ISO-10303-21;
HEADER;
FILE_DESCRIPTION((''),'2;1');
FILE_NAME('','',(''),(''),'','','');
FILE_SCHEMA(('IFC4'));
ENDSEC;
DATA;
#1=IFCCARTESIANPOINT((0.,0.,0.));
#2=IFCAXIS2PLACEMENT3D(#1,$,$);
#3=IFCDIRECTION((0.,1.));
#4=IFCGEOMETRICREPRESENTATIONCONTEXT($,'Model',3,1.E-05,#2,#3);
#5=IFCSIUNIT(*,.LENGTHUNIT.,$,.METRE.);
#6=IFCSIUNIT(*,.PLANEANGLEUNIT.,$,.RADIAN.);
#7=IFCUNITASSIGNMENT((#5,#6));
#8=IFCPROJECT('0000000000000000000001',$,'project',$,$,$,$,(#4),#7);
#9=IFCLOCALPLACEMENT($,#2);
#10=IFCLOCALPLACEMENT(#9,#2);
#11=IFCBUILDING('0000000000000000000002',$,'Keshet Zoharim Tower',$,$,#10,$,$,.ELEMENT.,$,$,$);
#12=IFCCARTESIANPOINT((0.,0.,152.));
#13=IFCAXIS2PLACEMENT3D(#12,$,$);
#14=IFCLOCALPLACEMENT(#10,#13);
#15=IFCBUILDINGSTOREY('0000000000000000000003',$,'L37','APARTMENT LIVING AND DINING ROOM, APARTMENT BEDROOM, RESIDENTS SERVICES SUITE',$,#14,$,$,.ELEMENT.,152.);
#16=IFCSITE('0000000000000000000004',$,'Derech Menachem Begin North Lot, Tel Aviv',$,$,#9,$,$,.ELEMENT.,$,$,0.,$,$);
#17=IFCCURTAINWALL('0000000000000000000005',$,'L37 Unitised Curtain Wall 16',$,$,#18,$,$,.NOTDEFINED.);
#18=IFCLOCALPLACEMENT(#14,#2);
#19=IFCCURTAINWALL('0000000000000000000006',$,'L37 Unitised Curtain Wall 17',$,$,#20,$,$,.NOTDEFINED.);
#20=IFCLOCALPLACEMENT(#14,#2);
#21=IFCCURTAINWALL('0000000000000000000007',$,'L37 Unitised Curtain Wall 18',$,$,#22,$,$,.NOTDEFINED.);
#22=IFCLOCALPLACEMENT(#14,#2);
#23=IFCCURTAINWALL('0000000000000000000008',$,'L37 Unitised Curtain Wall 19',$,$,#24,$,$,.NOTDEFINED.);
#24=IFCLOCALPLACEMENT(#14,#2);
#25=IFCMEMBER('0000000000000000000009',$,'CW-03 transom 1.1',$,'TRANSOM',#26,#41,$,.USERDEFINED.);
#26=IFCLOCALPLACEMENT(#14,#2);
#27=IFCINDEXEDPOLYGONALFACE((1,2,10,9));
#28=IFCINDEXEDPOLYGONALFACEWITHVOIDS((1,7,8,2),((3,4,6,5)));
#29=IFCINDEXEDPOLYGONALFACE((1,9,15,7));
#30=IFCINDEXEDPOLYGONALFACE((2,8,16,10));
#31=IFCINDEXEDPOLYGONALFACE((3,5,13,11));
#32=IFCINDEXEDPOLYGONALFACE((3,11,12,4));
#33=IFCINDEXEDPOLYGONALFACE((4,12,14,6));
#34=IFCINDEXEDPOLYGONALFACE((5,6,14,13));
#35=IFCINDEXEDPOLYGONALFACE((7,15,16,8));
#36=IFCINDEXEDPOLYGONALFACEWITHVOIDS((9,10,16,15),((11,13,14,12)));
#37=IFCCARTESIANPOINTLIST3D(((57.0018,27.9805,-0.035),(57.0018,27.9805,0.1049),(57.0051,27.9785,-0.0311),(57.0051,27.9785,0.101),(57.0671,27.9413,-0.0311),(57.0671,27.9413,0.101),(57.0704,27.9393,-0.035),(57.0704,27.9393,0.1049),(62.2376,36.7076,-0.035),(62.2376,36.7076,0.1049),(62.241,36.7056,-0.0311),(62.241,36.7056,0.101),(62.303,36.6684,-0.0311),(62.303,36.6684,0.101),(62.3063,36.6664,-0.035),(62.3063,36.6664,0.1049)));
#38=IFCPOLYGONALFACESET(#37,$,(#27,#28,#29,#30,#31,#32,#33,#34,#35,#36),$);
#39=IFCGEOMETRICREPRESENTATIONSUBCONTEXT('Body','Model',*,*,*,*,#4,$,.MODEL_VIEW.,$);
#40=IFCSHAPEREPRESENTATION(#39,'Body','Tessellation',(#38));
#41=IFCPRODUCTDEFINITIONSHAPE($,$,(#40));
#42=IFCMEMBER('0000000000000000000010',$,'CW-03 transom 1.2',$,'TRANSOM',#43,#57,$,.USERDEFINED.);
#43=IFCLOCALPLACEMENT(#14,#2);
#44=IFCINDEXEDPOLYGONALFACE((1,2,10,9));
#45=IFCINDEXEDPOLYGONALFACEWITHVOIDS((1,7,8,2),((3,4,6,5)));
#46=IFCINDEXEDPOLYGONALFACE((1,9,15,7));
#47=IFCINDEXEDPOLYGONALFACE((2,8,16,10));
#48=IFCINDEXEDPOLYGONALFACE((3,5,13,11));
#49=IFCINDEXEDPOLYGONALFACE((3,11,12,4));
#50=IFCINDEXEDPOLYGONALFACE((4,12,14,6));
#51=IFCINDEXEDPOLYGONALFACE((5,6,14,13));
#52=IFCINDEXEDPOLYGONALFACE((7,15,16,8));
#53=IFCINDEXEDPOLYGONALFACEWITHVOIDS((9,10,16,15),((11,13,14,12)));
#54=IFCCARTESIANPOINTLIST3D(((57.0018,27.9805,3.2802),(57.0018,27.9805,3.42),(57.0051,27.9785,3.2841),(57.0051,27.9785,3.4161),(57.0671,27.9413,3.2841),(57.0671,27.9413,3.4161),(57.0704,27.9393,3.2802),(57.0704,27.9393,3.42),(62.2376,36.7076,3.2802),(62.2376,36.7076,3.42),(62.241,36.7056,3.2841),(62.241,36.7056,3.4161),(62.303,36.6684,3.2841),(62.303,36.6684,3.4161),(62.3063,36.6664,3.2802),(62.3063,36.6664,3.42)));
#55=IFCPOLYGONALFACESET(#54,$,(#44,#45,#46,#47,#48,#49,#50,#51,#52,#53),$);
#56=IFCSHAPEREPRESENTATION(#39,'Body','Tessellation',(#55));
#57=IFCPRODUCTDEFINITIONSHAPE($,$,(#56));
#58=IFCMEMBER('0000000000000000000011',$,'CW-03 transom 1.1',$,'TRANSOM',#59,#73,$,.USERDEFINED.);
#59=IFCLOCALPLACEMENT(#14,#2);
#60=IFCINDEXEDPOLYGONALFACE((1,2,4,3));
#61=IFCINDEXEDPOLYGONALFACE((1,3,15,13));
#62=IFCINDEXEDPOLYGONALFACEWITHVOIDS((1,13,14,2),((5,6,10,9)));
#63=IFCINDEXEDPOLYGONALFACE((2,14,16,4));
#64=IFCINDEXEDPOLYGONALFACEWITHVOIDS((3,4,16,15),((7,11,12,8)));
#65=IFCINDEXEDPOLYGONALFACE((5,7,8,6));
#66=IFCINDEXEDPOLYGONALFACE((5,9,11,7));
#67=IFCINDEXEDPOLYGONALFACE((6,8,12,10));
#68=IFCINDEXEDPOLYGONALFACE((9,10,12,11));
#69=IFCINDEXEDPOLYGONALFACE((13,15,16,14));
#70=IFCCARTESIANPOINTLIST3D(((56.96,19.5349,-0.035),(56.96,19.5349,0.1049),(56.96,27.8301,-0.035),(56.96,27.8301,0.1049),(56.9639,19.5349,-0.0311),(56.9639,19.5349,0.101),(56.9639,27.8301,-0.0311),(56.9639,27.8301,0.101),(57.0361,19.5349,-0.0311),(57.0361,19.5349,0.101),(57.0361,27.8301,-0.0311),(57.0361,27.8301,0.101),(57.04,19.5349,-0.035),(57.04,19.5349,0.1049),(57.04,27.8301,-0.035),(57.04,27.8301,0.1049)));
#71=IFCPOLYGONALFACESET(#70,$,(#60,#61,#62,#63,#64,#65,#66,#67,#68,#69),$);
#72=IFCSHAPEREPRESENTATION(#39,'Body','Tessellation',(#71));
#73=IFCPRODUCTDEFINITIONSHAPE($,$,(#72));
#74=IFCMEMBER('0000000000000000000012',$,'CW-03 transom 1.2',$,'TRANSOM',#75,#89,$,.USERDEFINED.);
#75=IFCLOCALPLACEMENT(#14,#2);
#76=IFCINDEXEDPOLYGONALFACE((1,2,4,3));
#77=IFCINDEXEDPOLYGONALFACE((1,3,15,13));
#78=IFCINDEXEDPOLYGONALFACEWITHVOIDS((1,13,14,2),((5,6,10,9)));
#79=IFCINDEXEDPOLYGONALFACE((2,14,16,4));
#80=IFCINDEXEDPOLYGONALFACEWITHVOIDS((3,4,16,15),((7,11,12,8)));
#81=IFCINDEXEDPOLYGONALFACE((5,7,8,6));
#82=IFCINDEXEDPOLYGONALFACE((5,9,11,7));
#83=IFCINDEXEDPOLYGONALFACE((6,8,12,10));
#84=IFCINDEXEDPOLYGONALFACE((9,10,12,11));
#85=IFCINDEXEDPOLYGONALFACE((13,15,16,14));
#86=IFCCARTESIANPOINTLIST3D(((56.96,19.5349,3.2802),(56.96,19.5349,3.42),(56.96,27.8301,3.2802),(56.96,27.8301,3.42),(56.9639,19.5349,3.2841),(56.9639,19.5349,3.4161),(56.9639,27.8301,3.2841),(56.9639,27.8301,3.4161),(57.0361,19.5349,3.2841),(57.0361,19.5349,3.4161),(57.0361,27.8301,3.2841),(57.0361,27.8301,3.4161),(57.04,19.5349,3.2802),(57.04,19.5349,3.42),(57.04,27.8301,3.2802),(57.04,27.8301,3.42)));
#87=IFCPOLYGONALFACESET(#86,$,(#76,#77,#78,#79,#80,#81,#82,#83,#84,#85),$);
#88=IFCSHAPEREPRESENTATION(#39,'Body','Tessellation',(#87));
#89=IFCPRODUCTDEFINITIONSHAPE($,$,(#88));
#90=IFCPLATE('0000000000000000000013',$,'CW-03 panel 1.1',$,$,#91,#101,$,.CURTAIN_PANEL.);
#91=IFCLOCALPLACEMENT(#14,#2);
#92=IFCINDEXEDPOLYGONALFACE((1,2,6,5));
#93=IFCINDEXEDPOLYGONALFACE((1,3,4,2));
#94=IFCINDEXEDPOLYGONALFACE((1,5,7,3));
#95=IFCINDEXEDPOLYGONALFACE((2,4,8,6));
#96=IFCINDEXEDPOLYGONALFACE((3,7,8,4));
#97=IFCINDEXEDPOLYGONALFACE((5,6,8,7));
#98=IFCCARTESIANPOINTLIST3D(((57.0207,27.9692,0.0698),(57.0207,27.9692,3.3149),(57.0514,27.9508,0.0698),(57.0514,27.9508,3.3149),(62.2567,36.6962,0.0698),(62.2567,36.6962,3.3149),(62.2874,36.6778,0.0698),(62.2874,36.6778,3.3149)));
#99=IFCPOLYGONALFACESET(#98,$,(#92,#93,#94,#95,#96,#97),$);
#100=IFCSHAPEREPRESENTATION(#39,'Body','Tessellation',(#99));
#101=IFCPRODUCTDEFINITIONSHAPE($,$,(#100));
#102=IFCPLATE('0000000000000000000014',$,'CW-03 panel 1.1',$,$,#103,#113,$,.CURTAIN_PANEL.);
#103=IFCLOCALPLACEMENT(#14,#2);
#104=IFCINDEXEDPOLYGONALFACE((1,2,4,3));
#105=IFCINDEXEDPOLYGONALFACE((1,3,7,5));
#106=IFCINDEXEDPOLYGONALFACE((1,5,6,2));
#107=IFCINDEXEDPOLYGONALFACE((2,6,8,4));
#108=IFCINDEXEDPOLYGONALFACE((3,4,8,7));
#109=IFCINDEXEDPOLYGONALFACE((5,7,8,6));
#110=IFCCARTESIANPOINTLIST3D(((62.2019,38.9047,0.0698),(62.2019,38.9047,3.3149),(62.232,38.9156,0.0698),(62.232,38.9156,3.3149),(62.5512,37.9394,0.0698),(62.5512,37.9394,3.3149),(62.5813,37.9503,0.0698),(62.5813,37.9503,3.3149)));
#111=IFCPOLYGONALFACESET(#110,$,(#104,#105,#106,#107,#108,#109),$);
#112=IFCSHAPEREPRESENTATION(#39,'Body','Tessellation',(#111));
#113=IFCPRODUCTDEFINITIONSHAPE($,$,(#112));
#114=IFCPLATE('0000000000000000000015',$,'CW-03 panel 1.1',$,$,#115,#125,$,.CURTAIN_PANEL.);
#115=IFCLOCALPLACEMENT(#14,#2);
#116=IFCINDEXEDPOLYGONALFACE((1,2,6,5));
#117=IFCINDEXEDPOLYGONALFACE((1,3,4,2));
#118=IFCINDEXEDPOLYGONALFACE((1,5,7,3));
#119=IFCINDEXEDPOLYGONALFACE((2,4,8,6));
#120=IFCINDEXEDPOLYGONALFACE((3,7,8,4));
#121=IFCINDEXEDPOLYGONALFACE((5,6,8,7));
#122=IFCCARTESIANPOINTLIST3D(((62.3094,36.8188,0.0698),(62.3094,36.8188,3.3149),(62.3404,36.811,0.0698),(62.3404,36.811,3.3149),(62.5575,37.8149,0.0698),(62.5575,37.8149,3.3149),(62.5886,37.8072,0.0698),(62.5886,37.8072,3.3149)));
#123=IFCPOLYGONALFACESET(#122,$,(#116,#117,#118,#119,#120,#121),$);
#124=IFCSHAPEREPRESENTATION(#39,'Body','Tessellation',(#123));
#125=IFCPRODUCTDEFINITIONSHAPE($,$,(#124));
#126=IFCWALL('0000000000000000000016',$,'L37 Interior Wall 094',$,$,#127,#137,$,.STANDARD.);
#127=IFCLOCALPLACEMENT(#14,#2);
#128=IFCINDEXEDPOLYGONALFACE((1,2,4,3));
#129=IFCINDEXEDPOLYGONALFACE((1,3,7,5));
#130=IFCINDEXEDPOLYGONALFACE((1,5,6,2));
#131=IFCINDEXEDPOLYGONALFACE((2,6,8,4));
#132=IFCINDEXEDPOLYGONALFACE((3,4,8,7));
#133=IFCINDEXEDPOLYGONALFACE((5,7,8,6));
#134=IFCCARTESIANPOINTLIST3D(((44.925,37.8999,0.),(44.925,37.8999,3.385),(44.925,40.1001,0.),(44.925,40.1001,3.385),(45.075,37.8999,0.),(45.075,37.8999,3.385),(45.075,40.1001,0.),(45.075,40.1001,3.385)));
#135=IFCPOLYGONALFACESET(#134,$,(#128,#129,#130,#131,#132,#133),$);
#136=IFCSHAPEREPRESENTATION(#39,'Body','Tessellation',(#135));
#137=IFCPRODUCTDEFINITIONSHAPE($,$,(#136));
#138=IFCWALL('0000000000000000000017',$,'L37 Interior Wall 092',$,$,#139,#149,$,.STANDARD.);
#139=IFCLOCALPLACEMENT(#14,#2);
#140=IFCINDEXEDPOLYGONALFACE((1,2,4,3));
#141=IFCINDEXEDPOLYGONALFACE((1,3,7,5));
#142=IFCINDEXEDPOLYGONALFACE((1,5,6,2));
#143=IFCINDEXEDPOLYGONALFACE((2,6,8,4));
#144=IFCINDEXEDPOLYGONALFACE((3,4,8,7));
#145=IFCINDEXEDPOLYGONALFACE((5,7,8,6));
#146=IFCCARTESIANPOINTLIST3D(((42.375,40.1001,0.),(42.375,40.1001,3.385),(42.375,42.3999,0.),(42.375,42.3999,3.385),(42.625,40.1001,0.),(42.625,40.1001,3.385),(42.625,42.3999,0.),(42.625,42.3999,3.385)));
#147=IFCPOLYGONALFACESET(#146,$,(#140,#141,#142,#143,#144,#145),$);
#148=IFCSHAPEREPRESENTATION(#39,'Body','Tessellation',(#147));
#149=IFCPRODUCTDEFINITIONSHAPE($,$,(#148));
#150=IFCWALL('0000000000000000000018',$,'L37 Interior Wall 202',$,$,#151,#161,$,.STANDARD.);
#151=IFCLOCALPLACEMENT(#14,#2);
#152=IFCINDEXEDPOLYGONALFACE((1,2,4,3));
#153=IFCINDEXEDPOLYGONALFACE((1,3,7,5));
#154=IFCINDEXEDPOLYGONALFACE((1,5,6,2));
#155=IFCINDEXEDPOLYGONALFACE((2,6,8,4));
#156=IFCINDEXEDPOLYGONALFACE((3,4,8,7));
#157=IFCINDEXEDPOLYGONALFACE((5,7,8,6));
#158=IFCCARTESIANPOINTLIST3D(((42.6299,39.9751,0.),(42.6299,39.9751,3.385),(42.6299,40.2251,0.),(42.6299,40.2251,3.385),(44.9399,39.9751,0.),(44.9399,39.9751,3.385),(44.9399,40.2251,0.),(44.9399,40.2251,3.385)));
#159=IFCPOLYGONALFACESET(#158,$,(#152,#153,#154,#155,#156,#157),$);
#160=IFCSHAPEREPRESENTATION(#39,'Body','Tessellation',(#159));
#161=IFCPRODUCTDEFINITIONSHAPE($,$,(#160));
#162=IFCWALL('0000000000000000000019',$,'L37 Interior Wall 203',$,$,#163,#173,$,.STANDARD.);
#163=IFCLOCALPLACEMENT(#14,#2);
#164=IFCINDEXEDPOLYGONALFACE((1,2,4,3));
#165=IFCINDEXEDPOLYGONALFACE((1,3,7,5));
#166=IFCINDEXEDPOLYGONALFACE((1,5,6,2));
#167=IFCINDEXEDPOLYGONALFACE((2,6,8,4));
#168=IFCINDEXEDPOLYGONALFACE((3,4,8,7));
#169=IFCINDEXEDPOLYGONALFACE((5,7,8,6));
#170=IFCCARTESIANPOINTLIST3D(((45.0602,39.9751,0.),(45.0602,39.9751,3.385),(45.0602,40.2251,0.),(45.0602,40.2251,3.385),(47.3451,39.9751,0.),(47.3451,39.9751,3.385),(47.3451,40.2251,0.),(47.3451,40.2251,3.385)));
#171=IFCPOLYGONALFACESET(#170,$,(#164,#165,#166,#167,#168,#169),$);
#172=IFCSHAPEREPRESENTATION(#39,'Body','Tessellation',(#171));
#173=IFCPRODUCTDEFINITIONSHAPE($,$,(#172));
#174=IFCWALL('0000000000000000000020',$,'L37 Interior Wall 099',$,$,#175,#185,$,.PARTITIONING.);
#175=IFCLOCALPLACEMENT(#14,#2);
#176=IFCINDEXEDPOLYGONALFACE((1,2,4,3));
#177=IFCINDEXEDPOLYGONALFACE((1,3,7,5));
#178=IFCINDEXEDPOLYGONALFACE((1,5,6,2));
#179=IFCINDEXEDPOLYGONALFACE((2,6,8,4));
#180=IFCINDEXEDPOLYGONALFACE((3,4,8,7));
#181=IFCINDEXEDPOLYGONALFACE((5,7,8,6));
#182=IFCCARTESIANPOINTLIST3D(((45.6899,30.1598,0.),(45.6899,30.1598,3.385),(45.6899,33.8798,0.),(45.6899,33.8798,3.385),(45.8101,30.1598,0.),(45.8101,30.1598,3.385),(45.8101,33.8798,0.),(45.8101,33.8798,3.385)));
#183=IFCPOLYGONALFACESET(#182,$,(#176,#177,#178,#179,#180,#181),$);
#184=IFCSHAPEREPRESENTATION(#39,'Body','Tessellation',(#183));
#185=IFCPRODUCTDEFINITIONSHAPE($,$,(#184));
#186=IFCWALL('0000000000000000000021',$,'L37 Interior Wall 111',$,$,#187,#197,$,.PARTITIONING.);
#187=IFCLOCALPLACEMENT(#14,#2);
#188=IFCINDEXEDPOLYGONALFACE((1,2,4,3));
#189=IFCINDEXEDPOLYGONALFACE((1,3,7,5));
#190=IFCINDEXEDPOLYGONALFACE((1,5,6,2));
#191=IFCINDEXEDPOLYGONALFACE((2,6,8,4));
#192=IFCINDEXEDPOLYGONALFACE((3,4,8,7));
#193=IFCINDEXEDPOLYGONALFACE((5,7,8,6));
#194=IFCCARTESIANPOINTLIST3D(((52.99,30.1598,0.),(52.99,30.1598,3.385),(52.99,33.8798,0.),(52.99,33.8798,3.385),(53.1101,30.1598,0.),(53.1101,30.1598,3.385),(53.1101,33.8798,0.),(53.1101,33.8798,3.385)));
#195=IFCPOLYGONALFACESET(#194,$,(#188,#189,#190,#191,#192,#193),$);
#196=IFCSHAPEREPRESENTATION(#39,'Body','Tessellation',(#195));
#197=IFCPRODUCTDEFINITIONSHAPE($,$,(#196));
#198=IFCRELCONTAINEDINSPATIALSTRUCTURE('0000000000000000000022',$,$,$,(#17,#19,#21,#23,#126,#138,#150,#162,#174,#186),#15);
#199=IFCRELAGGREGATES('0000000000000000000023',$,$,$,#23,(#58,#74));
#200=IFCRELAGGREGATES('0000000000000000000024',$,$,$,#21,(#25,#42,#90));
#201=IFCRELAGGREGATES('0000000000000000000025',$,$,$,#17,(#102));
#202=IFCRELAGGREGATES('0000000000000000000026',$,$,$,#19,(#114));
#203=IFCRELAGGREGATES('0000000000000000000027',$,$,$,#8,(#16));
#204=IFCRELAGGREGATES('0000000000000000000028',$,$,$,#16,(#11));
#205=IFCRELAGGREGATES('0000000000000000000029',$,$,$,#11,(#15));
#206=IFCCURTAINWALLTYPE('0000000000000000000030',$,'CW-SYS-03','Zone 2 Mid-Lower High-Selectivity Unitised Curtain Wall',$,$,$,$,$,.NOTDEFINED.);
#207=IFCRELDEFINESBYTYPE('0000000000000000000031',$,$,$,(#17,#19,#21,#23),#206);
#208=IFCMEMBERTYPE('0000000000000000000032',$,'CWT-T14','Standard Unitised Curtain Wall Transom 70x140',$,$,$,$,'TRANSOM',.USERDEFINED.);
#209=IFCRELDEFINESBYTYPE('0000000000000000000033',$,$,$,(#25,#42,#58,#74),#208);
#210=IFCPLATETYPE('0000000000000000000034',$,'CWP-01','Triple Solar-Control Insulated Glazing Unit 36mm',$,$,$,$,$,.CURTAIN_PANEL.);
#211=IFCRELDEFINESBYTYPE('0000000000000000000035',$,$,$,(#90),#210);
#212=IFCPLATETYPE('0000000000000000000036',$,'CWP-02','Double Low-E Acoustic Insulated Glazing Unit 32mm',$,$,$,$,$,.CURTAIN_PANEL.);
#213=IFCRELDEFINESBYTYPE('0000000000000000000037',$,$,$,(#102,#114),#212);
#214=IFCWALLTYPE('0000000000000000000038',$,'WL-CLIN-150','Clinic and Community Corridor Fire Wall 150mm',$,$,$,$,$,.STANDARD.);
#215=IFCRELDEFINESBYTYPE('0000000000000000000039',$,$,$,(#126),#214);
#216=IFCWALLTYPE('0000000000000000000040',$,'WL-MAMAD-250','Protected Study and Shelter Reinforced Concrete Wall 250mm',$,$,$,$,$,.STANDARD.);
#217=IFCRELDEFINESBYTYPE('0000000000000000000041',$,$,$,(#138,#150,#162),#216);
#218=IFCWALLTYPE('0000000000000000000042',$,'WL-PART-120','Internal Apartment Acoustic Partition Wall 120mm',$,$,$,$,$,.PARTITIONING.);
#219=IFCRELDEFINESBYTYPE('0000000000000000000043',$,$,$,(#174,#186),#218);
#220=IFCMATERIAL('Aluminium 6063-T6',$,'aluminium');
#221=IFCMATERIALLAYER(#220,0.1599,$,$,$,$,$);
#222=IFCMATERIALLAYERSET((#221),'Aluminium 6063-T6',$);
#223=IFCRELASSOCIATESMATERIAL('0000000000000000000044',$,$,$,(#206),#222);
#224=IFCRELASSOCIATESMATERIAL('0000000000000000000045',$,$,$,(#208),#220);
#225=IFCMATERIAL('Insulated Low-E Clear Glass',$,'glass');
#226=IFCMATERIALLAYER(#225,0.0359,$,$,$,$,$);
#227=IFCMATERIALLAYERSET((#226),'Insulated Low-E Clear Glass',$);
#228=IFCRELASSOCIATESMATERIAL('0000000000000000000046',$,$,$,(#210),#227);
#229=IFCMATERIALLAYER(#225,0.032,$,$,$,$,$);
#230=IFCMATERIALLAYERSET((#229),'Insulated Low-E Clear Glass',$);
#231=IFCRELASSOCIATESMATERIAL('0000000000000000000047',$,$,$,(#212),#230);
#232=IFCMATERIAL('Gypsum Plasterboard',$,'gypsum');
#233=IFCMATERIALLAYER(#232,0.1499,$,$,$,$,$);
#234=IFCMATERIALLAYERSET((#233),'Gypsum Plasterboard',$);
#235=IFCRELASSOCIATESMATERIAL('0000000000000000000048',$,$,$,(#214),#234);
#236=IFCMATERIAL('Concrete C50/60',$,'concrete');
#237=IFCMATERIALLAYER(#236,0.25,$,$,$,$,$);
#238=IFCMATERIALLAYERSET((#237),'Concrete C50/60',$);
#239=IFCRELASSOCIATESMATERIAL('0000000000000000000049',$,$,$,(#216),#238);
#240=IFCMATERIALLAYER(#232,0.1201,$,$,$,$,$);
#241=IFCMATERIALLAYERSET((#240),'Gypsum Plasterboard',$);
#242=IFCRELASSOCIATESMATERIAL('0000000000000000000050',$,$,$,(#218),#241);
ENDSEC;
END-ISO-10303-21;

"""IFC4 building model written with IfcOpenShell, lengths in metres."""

from ifc_helpers import new_model, si_unit, direction, frame, frame_2d, origin, origin_2d, place, context, subcontext, project, spatial, rectangle, hollow_rectangle, extrude, material, layer, layer_set, material_profile, profile_set, type_object, element, aggregate, save


model = new_model("IFC4")

# Units and contexts
model_context = context("Model", 3, precision=1e-05, world=origin(), true_north=direction((0.0, 1.0)))
body_context = subcontext(model_context, "Body", "Model", "MODEL_VIEW")
ifc_project = project(units=[si_unit("LENGTHUNIT", "METRE"), si_unit("PLANEANGLEUNIT", "RADIAN")], contexts=[model_context])

# Site, building, storey
site_placement = place(None, origin())
site = spatial("IfcSite", under=ifc_project, at=site_placement, Name="Derech Menachem Begin North Lot, Tel Aviv", CompositionType="ELEMENT", RefElevation=0.0)
building_placement = place(site_placement, origin())
building = spatial("IfcBuilding", under=site, at=building_placement, Name="Keshet Zoharim Tower", CompositionType="ELEMENT")
storey_placement = place(building_placement, frame((0.0, 0.0, 152.0)))
storey = spatial("IfcBuildingStorey", under=building, at=storey_placement, Name="L37", Description="APARTMENT LIVING AND DINING ROOM, APARTMENT BEDROOM, RESIDENTS SERVICES SUITE", CompositionType="ELEMENT", Elevation=152.0)

# Shared definitions
ifc_material_1 = material(Name="Aluminium 6063-T6", Category="aluminium")
ifc_layer_1 = layer(ifc_material_1, 0.1599)
ifc_layer_set_1 = layer_set([ifc_layer_1], Name="Aluminium 6063-T6")
curtain_wall_type = type_object("IfcCurtainWallType", Name="CW-SYS-03", Description="Zone 2 Mid-Lower High-Selectivity Unitised Curtain Wall", PredefinedType="NOTDEFINED", material=ifc_layer_set_1)

# Curtain walls
curtain_wall_1_placement = place(storey_placement, origin())
curtain_wall_1 = element("IfcCurtainWall", 1, at=curtain_wall_1_placement, inside=storey, type_object=curtain_wall_type, Name="L37 Unitised Curtain Wall 16", PredefinedType="NOTDEFINED")
curtain_wall_2_placement = place(storey_placement, origin())
curtain_wall_2 = element("IfcCurtainWall", 2, at=curtain_wall_2_placement, inside=storey, type_object=curtain_wall_type, Name="L37 Unitised Curtain Wall 17", PredefinedType="NOTDEFINED")
curtain_wall_3_placement = place(storey_placement, origin())
curtain_wall_3 = element("IfcCurtainWall", 3, at=curtain_wall_3_placement, inside=storey, type_object=curtain_wall_type, Name="L37 Unitised Curtain Wall 18", PredefinedType="NOTDEFINED")

# Curtain wall
curtain_wall_4_placement = place(storey_placement, origin())
curtain_wall_4 = element("IfcCurtainWall", 4, at=curtain_wall_4_placement, inside=storey, type_object=curtain_wall_type, Name="L37 Unitised Curtain Wall 19", PredefinedType="NOTDEFINED")

# Members
ifc_material_profile_1 = material_profile(ifc_material_1, hollow_rectangle(XDim=0.0801, YDim=0.1399, WallThickness=0.0039, at=origin_2d()), Name="TRN-80x140")
ifc_profile_set_1 = profile_set([ifc_material_profile_1], Name="Aluminium 6063-T6")
member_type_1 = type_object("IfcMemberType", Name="CWT-T14", Description="Standard Unitised Curtain Wall Transom 70x140", ElementType="TRANSOM", PredefinedType="USERDEFINED", material=ifc_profile_set_1)
member_1_placement = place(storey_placement, frame((62.272, 36.687, 0.0349), z_axis=(-0.514468, -0.85751, 0.0), x_axis=(0.85751, -0.514468, 0.0)))
member_1 = element("IfcMember", 5, at=member_1_placement, type_object=member_type_1, Name="CW-03 transom 1.1", ObjectType="TRANSOM", PredefinedType="USERDEFINED", context=body_context, shape_type="SweptSolid", body=[
    extrude(hollow_rectangle(XDim=0.0801, YDim=0.1399, WallThickness=0.0039, at=origin_2d()), origin(), (0.0, 0.0, 1.0), 10.1772),
])
member_2_placement = place(storey_placement, frame((62.272, 36.687, 3.3501), z_axis=(-0.514468, -0.85751, 0.0), x_axis=(0.85751, -0.514468, 0.0)))
member_2 = element("IfcMember", 6, at=member_2_placement, type_object=member_type_1, Name="CW-03 transom 1.2", ObjectType="TRANSOM", PredefinedType="USERDEFINED", context=body_context, shape_type="SweptSolid", body=[
    extrude(hollow_rectangle(XDim=0.0801, YDim=0.1399, WallThickness=0.0039, at=origin_2d()), origin(), (0.0, 0.0, 1.0), 10.1772),
])
member_3_placement = place(storey_placement, frame((57.0, 27.8301, 0.0349), z_axis=(0.0, -1.0, 0.0), x_axis=(1.0, 0.0, 0.0)))
member_3 = element("IfcMember", 7, at=member_3_placement, type_object=member_type_1, Name="CW-03 transom 1.1", ObjectType="TRANSOM", PredefinedType="USERDEFINED", context=body_context, shape_type="SweptSolid", body=[
    extrude(hollow_rectangle(XDim=0.0801, YDim=0.1399, WallThickness=0.0039, at=origin_2d()), origin(), (0.0, 0.0, 1.0), 8.2952),
])
member_4_placement = place(storey_placement, frame((57.0, 27.8301, 3.3501), z_axis=(0.0, -1.0, 0.0), x_axis=(1.0, 0.0, 0.0)))
member_4 = element("IfcMember", 8, at=member_4_placement, type_object=member_type_1, Name="CW-03 transom 1.2", ObjectType="TRANSOM", PredefinedType="USERDEFINED", context=body_context, shape_type="SweptSolid", body=[
    extrude(hollow_rectangle(XDim=0.0801, YDim=0.1399, WallThickness=0.0039, at=origin_2d()), origin(), (0.0, 0.0, 1.0), 8.2952),
])
aggregate(curtain_wall_4, [member_3, member_4])

# Plates
ifc_material_2 = material(Name="Insulated Low-E Clear Glass", Category="glass")
ifc_layer_2 = layer(ifc_material_2, 0.0359)
ifc_layer_set_2 = layer_set([ifc_layer_2], Name="Insulated Low-E Clear Glass")
plate_type_1 = type_object("IfcPlateType", Name="CWP-01", Description="Triple Solar-Control Insulated Glazing Unit 36mm", PredefinedType="CURTAIN_PANEL", material=ifc_layer_set_2)
plate_1_placement = place(storey_placement, frame((59.6541, 32.3235, 0.0698), z_axis=(0.0, 0.0, 1.0), x_axis=(-0.514482, -0.857501, 0.0)))
plate_1 = element("IfcPlate", 9, at=plate_1_placement, type_object=plate_type_1, Name="CW-03 panel 1.1", PredefinedType="CURTAIN_PANEL", context=body_context, shape_type="SweptSolid", body=[
    extrude(rectangle(XDim=10.1772, YDim=0.0359, at=origin_2d()), origin(), (0.0, 0.0, 1.0), 3.2451),
])
aggregate(curtain_wall_3, [member_1, member_2, plate_1])
ifc_layer_3 = layer(ifc_material_2, 0.032)
ifc_layer_set_3 = layer_set([ifc_layer_3], Name="Insulated Low-E Clear Glass")
plate_type_2 = type_object("IfcPlateType", Name="CWP-02", Description="Double Low-E Acoustic Insulated Glazing Unit 32mm", PredefinedType="CURTAIN_PANEL", material=ifc_layer_set_3)
plate_2_placement = place(storey_placement, frame((62.3916, 38.4275, 0.0698), z_axis=(0.0, 0.0, 1.0), x_axis=(0.340297, -0.940318, 0.0)))
plate_2 = element("IfcPlate", 10, at=plate_2_placement, type_object=plate_type_2, Name="CW-03 panel 1.1", PredefinedType="CURTAIN_PANEL", context=body_context, shape_type="SweptSolid", body=[
    extrude(rectangle(XDim=1.0266, YDim=0.032, at=origin_2d()), origin(), (0.0, 0.0, 1.0), 3.2451),
])
aggregate(curtain_wall_1, [plate_2])
plate_3_placement = place(storey_placement, frame((62.449, 37.313, 0.0698), z_axis=(0.0, 0.0, 1.0), x_axis=(-0.241729, -0.970344, 0.0)))
plate_3 = element("IfcPlate", 11, at=plate_3_placement, type_object=plate_type_2, Name="CW-03 panel 1.1", PredefinedType="CURTAIN_PANEL", context=body_context, shape_type="SweptSolid", body=[
    extrude(rectangle(XDim=1.0266, YDim=0.032, at=origin_2d()), origin(), (0.0, 0.0, 1.0), 3.2451),
])
aggregate(curtain_wall_2, [plate_3])

# Walls
ifc_material_3 = material(Name="Gypsum Plasterboard", Category="gypsum")
ifc_layer_4 = layer(ifc_material_3, 0.1499)
ifc_layer_set_4 = layer_set([ifc_layer_4], Name="Gypsum Plasterboard")
wall_type_1 = type_object("IfcWallType", Name="WL-CLIN-150", Description="Clinic and Community Corridor Fire Wall 150mm", PredefinedType="STANDARD", material=ifc_layer_set_4)
wall_1_placement = place(storey_placement, frame((45.0, 37.8999, 0.0), z_axis=(0.0, 0.0, 1.0), x_axis=(0.0, 1.0, 0.0)))
element("IfcWall", 12, at=wall_1_placement, inside=storey, type_object=wall_type_1, Name="L37 Interior Wall 094", PredefinedType="STANDARD", context=body_context, shape_type="SweptSolid", body=[
    extrude(rectangle(XDim=2.2002, YDim=0.1499, at=frame_2d((1.1001, 0.0))), origin(), (0.0, 0.0, 1.0), 3.385),
])
ifc_material_4 = material(Name="Concrete C50/60", Category="concrete")
ifc_layer_5 = layer(ifc_material_4, 0.25)
ifc_layer_set_5 = layer_set([ifc_layer_5], Name="Concrete C50/60")
wall_type_2 = type_object("IfcWallType", Name="WL-MAMAD-250", Description="Protected Study and Shelter Reinforced Concrete Wall 250mm", PredefinedType="STANDARD", material=ifc_layer_set_5)
wall_2_placement = place(storey_placement, frame((42.5, 40.1001, 0.0), z_axis=(0.0, 0.0, 1.0), x_axis=(0.0, 1.0, 0.0)))
element("IfcWall", 13, at=wall_2_placement, inside=storey, type_object=wall_type_2, Name="L37 Interior Wall 092", PredefinedType="STANDARD", context=body_context, shape_type="SweptSolid", body=[
    extrude(rectangle(XDim=2.2998, YDim=0.25, at=frame_2d((1.1499, 0.0))), origin(), (0.0, 0.0, 1.0), 3.385),
])
wall_3_placement = place(storey_placement, frame((42.6299, 40.1001, 0.0), z_axis=(0.0, 0.0, 1.0), x_axis=(1.0, 0.0, 0.0)))
element("IfcWall", 14, at=wall_3_placement, inside=storey, type_object=wall_type_2, Name="L37 Interior Wall 202", PredefinedType="STANDARD", context=body_context, shape_type="SweptSolid", body=[
    extrude(rectangle(XDim=2.3101, YDim=0.25, at=frame_2d((1.155, 0.0))), origin(), (0.0, 0.0, 1.0), 3.385),
])
wall_4_placement = place(storey_placement, frame((45.0601, 40.1001, 0.0), z_axis=(0.0, 0.0, 1.0), x_axis=(1.0, 0.0, 0.0)))
element("IfcWall", 15, at=wall_4_placement, inside=storey, type_object=wall_type_2, Name="L37 Interior Wall 203", PredefinedType="STANDARD", context=body_context, shape_type="SweptSolid", body=[
    extrude(rectangle(XDim=2.2849, YDim=0.25, at=frame_2d((1.1426, 0.0))), origin(), (0.0, 0.0, 1.0), 3.385),
])
ifc_layer_6 = layer(ifc_material_3, 0.1201)
ifc_layer_set_6 = layer_set([ifc_layer_6], Name="Gypsum Plasterboard")
wall_type_3 = type_object("IfcWallType", Name="WL-PART-120", Description="Internal Apartment Acoustic Partition Wall 120mm", PredefinedType="PARTITIONING", material=ifc_layer_set_6)
for number, where, z_axis, x_axis, name in (
    (16, (45.75, 30.1599, 0.0), (0.0, 0.0, 1.0), (0.0, 1.0, 0.0), "L37 Interior Wall 099"),
    (17, (53.05, 30.1599, 0.0), (0.0, 0.0, 1.0), (0.0, 1.0, 0.0), "L37 Interior Wall 111"),
):
    element("IfcWall", number, at=place(storey_placement, frame(where, z_axis=z_axis, x_axis=x_axis)), inside=storey, type_object=wall_type_3, Name=name, PredefinedType="PARTITIONING", context=body_context, shape_type="SweptSolid", body=[
        extrude(rectangle(XDim=3.72, YDim=0.1201, at=frame_2d((1.8599, 0.0))), origin(), (0.0, 0.0, 1.0), 3.385),
    ])

save(model, "model.ifc")
